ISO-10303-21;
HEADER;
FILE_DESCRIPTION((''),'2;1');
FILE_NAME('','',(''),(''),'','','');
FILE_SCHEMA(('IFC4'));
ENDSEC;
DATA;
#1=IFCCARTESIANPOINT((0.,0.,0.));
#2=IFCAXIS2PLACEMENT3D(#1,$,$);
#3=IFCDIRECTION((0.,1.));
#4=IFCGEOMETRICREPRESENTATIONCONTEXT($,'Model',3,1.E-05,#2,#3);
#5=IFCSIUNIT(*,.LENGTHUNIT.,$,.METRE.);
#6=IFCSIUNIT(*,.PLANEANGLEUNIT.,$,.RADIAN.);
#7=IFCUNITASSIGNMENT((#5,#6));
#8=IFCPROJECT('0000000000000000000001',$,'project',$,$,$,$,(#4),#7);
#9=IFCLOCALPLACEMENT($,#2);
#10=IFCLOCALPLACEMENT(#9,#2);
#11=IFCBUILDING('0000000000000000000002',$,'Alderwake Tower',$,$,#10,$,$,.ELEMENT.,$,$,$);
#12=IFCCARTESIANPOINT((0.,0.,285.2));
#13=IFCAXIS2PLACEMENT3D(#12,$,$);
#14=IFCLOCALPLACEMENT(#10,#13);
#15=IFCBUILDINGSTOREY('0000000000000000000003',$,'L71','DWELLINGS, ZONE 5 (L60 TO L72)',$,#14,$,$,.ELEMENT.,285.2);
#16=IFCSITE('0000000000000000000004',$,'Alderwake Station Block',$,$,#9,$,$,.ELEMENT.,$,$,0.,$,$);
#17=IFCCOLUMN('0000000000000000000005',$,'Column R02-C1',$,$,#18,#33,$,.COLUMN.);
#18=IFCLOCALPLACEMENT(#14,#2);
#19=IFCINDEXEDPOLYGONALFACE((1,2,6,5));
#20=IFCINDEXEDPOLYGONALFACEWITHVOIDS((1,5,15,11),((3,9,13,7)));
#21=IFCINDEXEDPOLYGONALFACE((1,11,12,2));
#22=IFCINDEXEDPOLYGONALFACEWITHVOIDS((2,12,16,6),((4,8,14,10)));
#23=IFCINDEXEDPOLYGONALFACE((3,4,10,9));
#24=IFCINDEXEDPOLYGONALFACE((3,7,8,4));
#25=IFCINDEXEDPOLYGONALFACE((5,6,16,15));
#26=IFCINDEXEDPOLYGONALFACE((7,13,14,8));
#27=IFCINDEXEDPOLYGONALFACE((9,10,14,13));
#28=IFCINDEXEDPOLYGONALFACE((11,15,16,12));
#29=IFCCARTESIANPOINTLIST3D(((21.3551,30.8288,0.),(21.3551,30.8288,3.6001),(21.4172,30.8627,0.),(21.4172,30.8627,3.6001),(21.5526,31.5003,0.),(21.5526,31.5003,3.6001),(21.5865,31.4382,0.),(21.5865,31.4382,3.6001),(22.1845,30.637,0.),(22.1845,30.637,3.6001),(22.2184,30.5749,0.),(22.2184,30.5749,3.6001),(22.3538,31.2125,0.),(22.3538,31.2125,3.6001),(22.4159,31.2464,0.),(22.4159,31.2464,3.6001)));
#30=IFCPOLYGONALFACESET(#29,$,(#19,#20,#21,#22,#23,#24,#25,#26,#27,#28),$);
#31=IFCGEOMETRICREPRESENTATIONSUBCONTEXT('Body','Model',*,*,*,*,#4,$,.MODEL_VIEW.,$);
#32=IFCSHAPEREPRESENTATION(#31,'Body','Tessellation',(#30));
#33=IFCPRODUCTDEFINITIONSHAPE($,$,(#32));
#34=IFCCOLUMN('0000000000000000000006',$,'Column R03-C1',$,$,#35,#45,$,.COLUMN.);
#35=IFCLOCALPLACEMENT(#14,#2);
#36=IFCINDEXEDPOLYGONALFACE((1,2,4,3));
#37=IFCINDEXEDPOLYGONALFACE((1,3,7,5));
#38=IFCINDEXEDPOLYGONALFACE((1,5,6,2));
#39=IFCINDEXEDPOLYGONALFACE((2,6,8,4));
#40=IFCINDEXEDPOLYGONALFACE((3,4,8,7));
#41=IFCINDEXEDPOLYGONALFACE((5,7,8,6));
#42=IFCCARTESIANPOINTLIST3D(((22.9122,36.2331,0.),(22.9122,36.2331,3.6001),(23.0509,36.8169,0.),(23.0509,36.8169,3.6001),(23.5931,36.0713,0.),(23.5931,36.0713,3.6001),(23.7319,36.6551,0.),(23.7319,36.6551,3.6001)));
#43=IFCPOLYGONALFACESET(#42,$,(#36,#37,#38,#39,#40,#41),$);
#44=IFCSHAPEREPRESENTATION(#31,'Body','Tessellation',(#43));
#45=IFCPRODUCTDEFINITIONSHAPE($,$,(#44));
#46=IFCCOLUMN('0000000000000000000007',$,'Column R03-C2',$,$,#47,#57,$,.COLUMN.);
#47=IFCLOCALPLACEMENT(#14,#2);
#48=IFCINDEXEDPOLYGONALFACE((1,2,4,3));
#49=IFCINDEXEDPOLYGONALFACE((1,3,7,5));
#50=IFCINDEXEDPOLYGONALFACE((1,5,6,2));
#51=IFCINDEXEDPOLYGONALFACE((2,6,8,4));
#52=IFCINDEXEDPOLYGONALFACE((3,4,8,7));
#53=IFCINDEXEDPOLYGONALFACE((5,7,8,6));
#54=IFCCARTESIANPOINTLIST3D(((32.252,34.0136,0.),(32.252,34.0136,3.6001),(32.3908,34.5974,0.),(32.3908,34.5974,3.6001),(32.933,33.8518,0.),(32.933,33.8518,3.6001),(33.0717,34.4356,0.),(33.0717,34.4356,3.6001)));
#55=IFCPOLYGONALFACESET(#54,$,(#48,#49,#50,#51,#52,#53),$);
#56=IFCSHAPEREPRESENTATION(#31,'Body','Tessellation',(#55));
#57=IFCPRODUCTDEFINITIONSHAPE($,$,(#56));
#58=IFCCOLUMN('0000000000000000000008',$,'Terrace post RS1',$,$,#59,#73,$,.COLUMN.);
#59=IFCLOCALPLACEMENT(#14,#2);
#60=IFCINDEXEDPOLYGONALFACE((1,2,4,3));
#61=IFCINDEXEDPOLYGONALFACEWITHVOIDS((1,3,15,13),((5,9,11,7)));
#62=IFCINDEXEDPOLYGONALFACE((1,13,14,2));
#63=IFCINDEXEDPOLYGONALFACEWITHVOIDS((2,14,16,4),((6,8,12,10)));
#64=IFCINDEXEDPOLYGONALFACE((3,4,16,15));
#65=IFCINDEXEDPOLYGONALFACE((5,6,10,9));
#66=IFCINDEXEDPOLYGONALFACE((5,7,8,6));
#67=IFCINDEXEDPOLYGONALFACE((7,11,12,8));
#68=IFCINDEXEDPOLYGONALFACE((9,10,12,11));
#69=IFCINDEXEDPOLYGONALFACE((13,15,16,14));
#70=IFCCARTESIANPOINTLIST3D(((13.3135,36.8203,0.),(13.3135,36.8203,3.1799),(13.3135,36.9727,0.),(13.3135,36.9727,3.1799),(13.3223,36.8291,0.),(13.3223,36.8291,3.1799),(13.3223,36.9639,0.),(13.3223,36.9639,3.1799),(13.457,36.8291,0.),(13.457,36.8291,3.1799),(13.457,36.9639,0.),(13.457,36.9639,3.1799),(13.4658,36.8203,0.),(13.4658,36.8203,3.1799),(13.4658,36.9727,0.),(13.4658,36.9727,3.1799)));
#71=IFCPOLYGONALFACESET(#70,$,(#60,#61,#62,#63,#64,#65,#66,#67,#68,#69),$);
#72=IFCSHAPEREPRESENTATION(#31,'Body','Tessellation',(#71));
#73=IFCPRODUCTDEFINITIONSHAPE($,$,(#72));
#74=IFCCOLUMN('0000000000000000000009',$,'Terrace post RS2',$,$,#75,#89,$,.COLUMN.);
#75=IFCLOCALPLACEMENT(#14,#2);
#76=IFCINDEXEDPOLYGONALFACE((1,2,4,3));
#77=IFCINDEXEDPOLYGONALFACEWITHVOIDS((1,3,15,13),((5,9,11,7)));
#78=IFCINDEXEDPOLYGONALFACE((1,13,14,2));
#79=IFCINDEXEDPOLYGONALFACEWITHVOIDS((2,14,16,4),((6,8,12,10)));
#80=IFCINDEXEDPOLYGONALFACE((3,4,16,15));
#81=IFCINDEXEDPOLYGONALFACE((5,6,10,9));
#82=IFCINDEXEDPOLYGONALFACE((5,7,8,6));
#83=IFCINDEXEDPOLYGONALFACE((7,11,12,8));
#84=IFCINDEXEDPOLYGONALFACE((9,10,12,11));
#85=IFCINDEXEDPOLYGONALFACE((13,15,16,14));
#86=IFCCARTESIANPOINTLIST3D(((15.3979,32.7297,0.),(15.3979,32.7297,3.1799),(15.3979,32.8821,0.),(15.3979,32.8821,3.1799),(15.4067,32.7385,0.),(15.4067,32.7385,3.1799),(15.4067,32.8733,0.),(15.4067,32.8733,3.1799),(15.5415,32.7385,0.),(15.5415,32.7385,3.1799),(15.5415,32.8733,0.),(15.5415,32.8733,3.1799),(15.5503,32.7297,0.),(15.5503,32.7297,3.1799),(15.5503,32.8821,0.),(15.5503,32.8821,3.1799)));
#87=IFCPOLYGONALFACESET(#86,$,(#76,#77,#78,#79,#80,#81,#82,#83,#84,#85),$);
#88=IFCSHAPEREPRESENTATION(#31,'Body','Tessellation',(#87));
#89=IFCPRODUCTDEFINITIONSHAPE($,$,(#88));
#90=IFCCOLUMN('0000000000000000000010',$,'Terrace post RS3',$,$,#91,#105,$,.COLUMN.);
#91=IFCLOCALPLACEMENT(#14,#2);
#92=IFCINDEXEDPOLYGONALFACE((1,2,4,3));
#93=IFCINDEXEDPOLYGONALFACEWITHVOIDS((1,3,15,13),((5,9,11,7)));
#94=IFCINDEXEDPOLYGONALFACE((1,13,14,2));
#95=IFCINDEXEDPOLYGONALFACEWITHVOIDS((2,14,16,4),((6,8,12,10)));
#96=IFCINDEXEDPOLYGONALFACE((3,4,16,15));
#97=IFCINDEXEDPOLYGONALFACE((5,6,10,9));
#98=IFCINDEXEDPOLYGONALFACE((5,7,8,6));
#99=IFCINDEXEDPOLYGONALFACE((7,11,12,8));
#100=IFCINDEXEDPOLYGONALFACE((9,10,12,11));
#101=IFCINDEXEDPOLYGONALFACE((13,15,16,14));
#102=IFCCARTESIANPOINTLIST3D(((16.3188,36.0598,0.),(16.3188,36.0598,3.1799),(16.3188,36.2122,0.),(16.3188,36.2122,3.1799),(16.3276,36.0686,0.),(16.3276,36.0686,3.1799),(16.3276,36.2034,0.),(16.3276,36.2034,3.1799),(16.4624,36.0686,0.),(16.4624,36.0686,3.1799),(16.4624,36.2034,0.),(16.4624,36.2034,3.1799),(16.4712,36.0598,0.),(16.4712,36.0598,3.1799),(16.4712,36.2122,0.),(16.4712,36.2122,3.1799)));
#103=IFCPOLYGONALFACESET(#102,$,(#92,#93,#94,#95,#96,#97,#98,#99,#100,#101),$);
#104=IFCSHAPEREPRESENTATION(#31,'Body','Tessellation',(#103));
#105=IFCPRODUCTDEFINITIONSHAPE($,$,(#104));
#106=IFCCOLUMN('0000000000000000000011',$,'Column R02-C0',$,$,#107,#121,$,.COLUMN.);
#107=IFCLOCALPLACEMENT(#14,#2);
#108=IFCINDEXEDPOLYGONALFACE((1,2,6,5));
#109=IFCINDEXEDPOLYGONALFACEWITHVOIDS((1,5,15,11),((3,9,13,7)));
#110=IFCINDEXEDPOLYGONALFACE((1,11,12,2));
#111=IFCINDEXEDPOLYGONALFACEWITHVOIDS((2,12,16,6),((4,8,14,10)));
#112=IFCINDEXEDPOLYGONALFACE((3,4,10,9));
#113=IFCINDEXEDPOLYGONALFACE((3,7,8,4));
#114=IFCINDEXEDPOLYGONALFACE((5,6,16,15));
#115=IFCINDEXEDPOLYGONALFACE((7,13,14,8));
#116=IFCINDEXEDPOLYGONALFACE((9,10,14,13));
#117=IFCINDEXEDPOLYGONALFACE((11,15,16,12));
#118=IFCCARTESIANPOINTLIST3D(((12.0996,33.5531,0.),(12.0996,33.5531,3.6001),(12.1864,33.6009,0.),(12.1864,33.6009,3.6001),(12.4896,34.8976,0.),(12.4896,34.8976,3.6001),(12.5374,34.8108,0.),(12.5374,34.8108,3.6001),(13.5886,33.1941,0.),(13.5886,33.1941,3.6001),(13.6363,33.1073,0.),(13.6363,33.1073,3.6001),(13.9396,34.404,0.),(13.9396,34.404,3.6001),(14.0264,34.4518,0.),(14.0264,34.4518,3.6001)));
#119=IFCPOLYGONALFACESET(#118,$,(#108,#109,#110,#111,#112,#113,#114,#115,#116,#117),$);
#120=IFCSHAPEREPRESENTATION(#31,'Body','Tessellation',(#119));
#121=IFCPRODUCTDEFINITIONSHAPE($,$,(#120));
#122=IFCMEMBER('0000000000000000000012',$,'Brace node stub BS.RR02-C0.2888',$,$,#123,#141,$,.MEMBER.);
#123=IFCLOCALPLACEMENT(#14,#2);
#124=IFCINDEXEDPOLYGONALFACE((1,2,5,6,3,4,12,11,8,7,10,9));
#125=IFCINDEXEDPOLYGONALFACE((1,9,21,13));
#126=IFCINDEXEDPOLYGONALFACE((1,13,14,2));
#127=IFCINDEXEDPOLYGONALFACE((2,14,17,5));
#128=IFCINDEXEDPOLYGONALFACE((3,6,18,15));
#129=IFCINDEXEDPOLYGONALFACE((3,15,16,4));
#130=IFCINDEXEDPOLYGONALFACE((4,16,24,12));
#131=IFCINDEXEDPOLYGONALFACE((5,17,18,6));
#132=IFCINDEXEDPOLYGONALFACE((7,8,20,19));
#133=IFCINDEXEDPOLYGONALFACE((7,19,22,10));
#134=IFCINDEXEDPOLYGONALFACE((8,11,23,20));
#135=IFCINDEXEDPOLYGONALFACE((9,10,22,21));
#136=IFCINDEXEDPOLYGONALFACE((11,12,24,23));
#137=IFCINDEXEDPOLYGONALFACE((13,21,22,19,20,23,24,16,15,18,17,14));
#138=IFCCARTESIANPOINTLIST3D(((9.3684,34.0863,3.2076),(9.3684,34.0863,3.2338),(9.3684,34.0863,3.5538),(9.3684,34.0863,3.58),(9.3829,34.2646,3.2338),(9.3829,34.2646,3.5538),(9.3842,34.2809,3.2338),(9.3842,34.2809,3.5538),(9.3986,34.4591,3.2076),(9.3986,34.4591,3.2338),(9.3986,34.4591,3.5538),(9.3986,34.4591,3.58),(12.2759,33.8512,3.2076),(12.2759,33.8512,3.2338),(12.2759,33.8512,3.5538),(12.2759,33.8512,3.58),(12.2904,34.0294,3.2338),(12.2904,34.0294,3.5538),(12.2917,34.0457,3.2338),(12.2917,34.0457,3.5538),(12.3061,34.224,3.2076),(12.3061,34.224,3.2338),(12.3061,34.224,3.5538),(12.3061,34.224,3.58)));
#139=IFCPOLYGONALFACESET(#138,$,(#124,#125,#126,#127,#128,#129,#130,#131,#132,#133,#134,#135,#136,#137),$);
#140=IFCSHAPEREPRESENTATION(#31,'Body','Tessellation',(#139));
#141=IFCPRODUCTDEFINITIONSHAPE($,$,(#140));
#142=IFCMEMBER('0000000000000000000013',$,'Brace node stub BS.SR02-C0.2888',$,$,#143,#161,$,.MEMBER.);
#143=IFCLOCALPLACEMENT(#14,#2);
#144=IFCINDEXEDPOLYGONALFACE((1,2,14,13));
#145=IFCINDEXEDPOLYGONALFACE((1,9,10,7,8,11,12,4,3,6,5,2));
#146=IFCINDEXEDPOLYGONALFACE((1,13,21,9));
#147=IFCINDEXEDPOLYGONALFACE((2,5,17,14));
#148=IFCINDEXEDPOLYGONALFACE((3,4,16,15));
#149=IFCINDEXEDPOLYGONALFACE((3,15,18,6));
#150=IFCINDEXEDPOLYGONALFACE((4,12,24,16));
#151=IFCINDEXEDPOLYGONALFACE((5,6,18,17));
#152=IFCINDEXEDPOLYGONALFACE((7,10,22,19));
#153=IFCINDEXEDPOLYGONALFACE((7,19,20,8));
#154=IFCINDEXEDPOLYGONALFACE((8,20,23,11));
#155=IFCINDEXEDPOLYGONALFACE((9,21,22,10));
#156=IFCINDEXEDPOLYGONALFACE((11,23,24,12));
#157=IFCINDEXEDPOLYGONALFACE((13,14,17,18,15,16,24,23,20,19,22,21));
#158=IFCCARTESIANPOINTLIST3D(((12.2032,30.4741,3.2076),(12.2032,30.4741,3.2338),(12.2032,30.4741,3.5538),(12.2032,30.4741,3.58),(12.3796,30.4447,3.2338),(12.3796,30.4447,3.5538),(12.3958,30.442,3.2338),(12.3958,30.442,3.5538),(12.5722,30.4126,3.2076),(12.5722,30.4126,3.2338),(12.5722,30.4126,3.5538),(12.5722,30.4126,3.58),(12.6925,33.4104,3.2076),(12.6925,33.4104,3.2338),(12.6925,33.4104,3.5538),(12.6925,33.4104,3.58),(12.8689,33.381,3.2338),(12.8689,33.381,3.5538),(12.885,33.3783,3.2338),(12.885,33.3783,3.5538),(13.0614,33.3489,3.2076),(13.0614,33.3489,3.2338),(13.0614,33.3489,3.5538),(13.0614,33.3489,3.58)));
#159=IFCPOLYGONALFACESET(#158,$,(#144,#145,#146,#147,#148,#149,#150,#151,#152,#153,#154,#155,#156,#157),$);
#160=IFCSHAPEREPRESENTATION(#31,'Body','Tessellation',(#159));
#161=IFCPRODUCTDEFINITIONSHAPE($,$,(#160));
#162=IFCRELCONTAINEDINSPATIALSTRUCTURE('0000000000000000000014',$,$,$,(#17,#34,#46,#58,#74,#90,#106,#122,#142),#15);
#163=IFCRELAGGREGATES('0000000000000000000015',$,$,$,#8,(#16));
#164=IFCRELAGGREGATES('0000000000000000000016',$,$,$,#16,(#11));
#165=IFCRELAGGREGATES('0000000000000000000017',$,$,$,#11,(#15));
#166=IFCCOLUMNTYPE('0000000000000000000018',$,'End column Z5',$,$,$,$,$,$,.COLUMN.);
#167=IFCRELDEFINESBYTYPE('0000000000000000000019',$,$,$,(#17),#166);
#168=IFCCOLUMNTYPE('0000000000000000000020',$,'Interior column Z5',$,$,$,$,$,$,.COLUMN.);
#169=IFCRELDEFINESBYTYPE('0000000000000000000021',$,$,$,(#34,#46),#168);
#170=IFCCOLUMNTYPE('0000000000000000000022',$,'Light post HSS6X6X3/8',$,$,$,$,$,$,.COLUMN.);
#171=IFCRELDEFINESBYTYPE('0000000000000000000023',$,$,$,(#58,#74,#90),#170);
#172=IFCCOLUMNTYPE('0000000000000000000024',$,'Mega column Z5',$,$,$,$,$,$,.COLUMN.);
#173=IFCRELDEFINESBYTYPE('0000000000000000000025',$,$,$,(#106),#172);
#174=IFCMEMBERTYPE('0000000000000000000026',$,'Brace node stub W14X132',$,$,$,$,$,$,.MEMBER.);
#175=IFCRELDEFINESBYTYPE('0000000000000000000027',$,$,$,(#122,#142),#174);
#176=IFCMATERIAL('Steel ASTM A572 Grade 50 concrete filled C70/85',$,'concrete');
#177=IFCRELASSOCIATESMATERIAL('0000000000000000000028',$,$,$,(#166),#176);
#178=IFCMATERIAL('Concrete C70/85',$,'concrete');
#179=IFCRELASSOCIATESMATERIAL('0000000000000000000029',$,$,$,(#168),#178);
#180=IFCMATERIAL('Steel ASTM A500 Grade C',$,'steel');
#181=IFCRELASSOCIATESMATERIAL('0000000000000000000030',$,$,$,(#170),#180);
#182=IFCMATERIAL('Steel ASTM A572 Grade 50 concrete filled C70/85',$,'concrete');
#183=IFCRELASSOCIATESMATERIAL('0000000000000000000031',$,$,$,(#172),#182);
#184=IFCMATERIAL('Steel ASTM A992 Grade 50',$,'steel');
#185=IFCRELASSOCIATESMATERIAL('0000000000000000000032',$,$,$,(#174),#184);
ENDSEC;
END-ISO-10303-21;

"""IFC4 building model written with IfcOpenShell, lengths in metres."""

from ifc_helpers import new_model, si_unit, direction, frame, origin, origin_2d, place, context, subcontext, project, spatial, rectangle, hollow_rectangle, i_section, extrude, material, material_profile, profile_set, type_object, element, save


model = new_model("IFC4")

# Units and contexts
model_context = context("Model", 3, precision=1e-05, world=origin(), true_north=direction((0.0, 1.0)))
body_context = subcontext(model_context, "Body", "Model", "MODEL_VIEW")
ifc_project = project(units=[si_unit("LENGTHUNIT", "METRE"), si_unit("PLANEANGLEUNIT", "RADIAN")], contexts=[model_context])

# Site, building, storey
site_placement = place(None, origin())
site = spatial("IfcSite", under=ifc_project, at=site_placement, Name="Alderwake Station Block", CompositionType="ELEMENT", RefElevation=0.0)
building_placement = place(site_placement, origin())
building = spatial("IfcBuilding", under=site, at=building_placement, Name="Alderwake Tower", CompositionType="ELEMENT")
storey_placement = place(building_placement, frame((0.0, 0.0, 285.2)))
storey = spatial("IfcBuildingStorey", under=building, at=storey_placement, Name="L71", Description="DWELLINGS, ZONE 5 (L60 TO L72)", CompositionType="ELEMENT", Elevation=285.2)

# Columns
ifc_material_1 = material(Name="Steel ASTM A572 Grade 50 concrete filled C70/85", Category="concrete")
ifc_material_profile_1 = material_profile(ifc_material_1, hollow_rectangle(XDim=0.7, YDim=0.8999, WallThickness=0.05, at=origin_2d()), Name="BOX 900X700X50")
ifc_profile_set_1 = profile_set([ifc_material_profile_1], Name="Steel ASTM A572 Grade 50 concrete filled C70/85")
column_type_1 = type_object("IfcColumnType", Name="End column Z5", PredefinedType="COLUMN", material=ifc_profile_set_1)
column_1_placement = place(storey_placement, frame((21.8855, 31.0376, 0.0), z_axis=(0.0, 0.0, 1.0), x_axis=(0.282132, 0.959376, 0.0)))
element("IfcColumn", 1, at=column_1_placement, inside=storey, type_object=column_type_1, Name="Column R02-C1", PredefinedType="COLUMN", context=body_context, shape_type="SweptSolid", body=[
    extrude(hollow_rectangle(XDim=0.7, YDim=0.8999, WallThickness=0.05, at=origin_2d()), origin(), (0.0, 0.0, 1.0), 3.6001),
])
ifc_material_2 = material(Name="Concrete C70/85", Category="concrete")
ifc_material_profile_2 = material_profile(ifc_material_2, rectangle(XDim=0.6001, YDim=0.7, at=origin_2d()), Name="RC 700X600")
ifc_profile_set_2 = profile_set([ifc_material_profile_2], Name="Concrete C70/85")
column_type_2 = type_object("IfcColumnType", Name="Interior column Z5", PredefinedType="COLUMN", material=ifc_profile_set_2)
for number, where, z_axis, x_axis, name in (
    (2, (23.322, 36.4441, 0.0), (0.0, 0.0, 1.0), (0.231222, 0.972901, 0.0), "Column R03-C1"),
    (3, (32.6619, 34.2246, 0.0), (0.0, 0.0, 1.0), (0.231222, 0.972901, 0.0), "Column R03-C2"),
):
    element("IfcColumn", number, at=place(storey_placement, frame(where, z_axis=z_axis, x_axis=x_axis)), inside=storey, type_object=column_type_2, Name=name, PredefinedType="COLUMN", context=body_context, shape_type="SweptSolid", body=[
        extrude(rectangle(XDim=0.6001, YDim=0.7, at=origin_2d()), origin(), (0.0, 0.0, 1.0), 3.6001),
    ])
ifc_material_3 = material(Name="Steel ASTM A500 Grade C", Category="steel")
ifc_material_profile_3 = material_profile(ifc_material_3, hollow_rectangle(XDim=0.1523, YDim=0.1523, WallThickness=0.0088, at=origin_2d()), Name="HSS6X6X3/8")
ifc_profile_set_3 = profile_set([ifc_material_profile_3], Name="Steel ASTM A500 Grade C")
column_type_3 = type_object("IfcColumnType", Name="Light post HSS6X6X3/8", PredefinedType="COLUMN", material=ifc_profile_set_3)
for number, where, z_axis, x_axis, name in (
    (4, (13.3896, 36.8965, 0.0), (0.0, 0.0, 1.0), (1.0, 0.0, 0.0), "Terrace post RS1"),
    (5, (15.4741, 32.8059, 0.0), (0.0, 0.0, 1.0), (1.0, 0.0, 0.0), "Terrace post RS2"),
    (6, (16.395, 36.136, 0.0), (0.0, 0.0, 1.0), (1.0, 0.0, 0.0), "Terrace post RS3"),
):
    element("IfcColumn", number, at=place(storey_placement, frame(where, z_axis=z_axis, x_axis=x_axis)), inside=storey, type_object=column_type_3, Name=name, PredefinedType="COLUMN", context=body_context, shape_type="SweptSolid", body=[
        extrude(hollow_rectangle(XDim=0.1523, YDim=0.1523, WallThickness=0.0088, at=origin_2d()), origin(), (0.0, 0.0, 1.0), 3.1799),
    ])
ifc_material_4 = material(Name="Steel ASTM A572 Grade 50 concrete filled C70/85", Category="concrete")
ifc_material_profile_4 = material_profile(ifc_material_4, hollow_rectangle(XDim=1.3999, YDim=1.6001, WallThickness=0.0701, at=origin_2d()), Name="BOX 1600X1400X70")
ifc_profile_set_4 = profile_set([ifc_material_profile_4], Name="Steel ASTM A572 Grade 50 concrete filled C70/85")
column_type_4 = type_object("IfcColumnType", Name="Mega column Z5", PredefinedType="COLUMN", material=ifc_profile_set_4)
column_2_placement = place(storey_placement, frame((13.063, 34.0024, 0.0), z_axis=(0.0, 0.0, 1.0), x_axis=(0.278612, 0.960404, 0.0)))
element("IfcColumn", 7, at=column_2_placement, inside=storey, type_object=column_type_4, Name="Column R02-C0", PredefinedType="COLUMN", context=body_context, shape_type="SweptSolid", body=[
    extrude(hollow_rectangle(XDim=1.3999, YDim=1.6001, WallThickness=0.0701, at=origin_2d()), origin(), (0.0, 0.0, 1.0), 3.6001),
])

# Members
ifc_material_5 = material(Name="Steel ASTM A992 Grade 50", Category="steel")
ifc_material_profile_5 = material_profile(ifc_material_5, i_section(OverallWidth=0.374, OverallDepth=0.3723, WebThickness=0.0164, FlangeThickness=0.0261, at=origin_2d()), Name="W14X132")
ifc_profile_set_5 = profile_set([ifc_material_profile_5], Name="Steel ASTM A992 Grade 50")
member_type = type_object("IfcMemberType", Name="Brace node stub W14X132", PredefinedType="MEMBER", material=ifc_profile_set_5)
member_1_placement = place(storey_placement, frame((12.291, 34.0376, 3.3938), z_axis=(-0.996747, 0.0806, 0.0), x_axis=(-0.0806, -0.996747, 0.0)))
element("IfcMember", 8, at=member_1_placement, inside=storey, type_object=member_type, Name="Brace node stub BS.RR02-C0.2888", PredefinedType="MEMBER", context=body_context, shape_type="SweptSolid", body=[
    extrude(i_section(OverallWidth=0.374, OverallDepth=0.3723, WebThickness=0.0164, FlangeThickness=0.0261, at=origin_2d()), origin(), (0.0, 0.0, 1.0), 2.917),
])
member_2_placement = place(storey_placement, frame((12.877, 33.3796, 3.3938), z_axis=(-0.164359, -0.986401, 0.0), x_axis=(0.986401, -0.164359, 0.0)))
element("IfcMember", 9, at=member_2_placement, inside=storey, type_object=member_type, Name="Brace node stub BS.SR02-C0.2888", PredefinedType="MEMBER", context=body_context, shape_type="SweptSolid", body=[
    extrude(i_section(OverallWidth=0.374, OverallDepth=0.3723, WebThickness=0.0164, FlangeThickness=0.0261, at=origin_2d()), origin(), (0.0, 0.0, 1.0), 2.9768),
])

save(model, "model.ifc")
